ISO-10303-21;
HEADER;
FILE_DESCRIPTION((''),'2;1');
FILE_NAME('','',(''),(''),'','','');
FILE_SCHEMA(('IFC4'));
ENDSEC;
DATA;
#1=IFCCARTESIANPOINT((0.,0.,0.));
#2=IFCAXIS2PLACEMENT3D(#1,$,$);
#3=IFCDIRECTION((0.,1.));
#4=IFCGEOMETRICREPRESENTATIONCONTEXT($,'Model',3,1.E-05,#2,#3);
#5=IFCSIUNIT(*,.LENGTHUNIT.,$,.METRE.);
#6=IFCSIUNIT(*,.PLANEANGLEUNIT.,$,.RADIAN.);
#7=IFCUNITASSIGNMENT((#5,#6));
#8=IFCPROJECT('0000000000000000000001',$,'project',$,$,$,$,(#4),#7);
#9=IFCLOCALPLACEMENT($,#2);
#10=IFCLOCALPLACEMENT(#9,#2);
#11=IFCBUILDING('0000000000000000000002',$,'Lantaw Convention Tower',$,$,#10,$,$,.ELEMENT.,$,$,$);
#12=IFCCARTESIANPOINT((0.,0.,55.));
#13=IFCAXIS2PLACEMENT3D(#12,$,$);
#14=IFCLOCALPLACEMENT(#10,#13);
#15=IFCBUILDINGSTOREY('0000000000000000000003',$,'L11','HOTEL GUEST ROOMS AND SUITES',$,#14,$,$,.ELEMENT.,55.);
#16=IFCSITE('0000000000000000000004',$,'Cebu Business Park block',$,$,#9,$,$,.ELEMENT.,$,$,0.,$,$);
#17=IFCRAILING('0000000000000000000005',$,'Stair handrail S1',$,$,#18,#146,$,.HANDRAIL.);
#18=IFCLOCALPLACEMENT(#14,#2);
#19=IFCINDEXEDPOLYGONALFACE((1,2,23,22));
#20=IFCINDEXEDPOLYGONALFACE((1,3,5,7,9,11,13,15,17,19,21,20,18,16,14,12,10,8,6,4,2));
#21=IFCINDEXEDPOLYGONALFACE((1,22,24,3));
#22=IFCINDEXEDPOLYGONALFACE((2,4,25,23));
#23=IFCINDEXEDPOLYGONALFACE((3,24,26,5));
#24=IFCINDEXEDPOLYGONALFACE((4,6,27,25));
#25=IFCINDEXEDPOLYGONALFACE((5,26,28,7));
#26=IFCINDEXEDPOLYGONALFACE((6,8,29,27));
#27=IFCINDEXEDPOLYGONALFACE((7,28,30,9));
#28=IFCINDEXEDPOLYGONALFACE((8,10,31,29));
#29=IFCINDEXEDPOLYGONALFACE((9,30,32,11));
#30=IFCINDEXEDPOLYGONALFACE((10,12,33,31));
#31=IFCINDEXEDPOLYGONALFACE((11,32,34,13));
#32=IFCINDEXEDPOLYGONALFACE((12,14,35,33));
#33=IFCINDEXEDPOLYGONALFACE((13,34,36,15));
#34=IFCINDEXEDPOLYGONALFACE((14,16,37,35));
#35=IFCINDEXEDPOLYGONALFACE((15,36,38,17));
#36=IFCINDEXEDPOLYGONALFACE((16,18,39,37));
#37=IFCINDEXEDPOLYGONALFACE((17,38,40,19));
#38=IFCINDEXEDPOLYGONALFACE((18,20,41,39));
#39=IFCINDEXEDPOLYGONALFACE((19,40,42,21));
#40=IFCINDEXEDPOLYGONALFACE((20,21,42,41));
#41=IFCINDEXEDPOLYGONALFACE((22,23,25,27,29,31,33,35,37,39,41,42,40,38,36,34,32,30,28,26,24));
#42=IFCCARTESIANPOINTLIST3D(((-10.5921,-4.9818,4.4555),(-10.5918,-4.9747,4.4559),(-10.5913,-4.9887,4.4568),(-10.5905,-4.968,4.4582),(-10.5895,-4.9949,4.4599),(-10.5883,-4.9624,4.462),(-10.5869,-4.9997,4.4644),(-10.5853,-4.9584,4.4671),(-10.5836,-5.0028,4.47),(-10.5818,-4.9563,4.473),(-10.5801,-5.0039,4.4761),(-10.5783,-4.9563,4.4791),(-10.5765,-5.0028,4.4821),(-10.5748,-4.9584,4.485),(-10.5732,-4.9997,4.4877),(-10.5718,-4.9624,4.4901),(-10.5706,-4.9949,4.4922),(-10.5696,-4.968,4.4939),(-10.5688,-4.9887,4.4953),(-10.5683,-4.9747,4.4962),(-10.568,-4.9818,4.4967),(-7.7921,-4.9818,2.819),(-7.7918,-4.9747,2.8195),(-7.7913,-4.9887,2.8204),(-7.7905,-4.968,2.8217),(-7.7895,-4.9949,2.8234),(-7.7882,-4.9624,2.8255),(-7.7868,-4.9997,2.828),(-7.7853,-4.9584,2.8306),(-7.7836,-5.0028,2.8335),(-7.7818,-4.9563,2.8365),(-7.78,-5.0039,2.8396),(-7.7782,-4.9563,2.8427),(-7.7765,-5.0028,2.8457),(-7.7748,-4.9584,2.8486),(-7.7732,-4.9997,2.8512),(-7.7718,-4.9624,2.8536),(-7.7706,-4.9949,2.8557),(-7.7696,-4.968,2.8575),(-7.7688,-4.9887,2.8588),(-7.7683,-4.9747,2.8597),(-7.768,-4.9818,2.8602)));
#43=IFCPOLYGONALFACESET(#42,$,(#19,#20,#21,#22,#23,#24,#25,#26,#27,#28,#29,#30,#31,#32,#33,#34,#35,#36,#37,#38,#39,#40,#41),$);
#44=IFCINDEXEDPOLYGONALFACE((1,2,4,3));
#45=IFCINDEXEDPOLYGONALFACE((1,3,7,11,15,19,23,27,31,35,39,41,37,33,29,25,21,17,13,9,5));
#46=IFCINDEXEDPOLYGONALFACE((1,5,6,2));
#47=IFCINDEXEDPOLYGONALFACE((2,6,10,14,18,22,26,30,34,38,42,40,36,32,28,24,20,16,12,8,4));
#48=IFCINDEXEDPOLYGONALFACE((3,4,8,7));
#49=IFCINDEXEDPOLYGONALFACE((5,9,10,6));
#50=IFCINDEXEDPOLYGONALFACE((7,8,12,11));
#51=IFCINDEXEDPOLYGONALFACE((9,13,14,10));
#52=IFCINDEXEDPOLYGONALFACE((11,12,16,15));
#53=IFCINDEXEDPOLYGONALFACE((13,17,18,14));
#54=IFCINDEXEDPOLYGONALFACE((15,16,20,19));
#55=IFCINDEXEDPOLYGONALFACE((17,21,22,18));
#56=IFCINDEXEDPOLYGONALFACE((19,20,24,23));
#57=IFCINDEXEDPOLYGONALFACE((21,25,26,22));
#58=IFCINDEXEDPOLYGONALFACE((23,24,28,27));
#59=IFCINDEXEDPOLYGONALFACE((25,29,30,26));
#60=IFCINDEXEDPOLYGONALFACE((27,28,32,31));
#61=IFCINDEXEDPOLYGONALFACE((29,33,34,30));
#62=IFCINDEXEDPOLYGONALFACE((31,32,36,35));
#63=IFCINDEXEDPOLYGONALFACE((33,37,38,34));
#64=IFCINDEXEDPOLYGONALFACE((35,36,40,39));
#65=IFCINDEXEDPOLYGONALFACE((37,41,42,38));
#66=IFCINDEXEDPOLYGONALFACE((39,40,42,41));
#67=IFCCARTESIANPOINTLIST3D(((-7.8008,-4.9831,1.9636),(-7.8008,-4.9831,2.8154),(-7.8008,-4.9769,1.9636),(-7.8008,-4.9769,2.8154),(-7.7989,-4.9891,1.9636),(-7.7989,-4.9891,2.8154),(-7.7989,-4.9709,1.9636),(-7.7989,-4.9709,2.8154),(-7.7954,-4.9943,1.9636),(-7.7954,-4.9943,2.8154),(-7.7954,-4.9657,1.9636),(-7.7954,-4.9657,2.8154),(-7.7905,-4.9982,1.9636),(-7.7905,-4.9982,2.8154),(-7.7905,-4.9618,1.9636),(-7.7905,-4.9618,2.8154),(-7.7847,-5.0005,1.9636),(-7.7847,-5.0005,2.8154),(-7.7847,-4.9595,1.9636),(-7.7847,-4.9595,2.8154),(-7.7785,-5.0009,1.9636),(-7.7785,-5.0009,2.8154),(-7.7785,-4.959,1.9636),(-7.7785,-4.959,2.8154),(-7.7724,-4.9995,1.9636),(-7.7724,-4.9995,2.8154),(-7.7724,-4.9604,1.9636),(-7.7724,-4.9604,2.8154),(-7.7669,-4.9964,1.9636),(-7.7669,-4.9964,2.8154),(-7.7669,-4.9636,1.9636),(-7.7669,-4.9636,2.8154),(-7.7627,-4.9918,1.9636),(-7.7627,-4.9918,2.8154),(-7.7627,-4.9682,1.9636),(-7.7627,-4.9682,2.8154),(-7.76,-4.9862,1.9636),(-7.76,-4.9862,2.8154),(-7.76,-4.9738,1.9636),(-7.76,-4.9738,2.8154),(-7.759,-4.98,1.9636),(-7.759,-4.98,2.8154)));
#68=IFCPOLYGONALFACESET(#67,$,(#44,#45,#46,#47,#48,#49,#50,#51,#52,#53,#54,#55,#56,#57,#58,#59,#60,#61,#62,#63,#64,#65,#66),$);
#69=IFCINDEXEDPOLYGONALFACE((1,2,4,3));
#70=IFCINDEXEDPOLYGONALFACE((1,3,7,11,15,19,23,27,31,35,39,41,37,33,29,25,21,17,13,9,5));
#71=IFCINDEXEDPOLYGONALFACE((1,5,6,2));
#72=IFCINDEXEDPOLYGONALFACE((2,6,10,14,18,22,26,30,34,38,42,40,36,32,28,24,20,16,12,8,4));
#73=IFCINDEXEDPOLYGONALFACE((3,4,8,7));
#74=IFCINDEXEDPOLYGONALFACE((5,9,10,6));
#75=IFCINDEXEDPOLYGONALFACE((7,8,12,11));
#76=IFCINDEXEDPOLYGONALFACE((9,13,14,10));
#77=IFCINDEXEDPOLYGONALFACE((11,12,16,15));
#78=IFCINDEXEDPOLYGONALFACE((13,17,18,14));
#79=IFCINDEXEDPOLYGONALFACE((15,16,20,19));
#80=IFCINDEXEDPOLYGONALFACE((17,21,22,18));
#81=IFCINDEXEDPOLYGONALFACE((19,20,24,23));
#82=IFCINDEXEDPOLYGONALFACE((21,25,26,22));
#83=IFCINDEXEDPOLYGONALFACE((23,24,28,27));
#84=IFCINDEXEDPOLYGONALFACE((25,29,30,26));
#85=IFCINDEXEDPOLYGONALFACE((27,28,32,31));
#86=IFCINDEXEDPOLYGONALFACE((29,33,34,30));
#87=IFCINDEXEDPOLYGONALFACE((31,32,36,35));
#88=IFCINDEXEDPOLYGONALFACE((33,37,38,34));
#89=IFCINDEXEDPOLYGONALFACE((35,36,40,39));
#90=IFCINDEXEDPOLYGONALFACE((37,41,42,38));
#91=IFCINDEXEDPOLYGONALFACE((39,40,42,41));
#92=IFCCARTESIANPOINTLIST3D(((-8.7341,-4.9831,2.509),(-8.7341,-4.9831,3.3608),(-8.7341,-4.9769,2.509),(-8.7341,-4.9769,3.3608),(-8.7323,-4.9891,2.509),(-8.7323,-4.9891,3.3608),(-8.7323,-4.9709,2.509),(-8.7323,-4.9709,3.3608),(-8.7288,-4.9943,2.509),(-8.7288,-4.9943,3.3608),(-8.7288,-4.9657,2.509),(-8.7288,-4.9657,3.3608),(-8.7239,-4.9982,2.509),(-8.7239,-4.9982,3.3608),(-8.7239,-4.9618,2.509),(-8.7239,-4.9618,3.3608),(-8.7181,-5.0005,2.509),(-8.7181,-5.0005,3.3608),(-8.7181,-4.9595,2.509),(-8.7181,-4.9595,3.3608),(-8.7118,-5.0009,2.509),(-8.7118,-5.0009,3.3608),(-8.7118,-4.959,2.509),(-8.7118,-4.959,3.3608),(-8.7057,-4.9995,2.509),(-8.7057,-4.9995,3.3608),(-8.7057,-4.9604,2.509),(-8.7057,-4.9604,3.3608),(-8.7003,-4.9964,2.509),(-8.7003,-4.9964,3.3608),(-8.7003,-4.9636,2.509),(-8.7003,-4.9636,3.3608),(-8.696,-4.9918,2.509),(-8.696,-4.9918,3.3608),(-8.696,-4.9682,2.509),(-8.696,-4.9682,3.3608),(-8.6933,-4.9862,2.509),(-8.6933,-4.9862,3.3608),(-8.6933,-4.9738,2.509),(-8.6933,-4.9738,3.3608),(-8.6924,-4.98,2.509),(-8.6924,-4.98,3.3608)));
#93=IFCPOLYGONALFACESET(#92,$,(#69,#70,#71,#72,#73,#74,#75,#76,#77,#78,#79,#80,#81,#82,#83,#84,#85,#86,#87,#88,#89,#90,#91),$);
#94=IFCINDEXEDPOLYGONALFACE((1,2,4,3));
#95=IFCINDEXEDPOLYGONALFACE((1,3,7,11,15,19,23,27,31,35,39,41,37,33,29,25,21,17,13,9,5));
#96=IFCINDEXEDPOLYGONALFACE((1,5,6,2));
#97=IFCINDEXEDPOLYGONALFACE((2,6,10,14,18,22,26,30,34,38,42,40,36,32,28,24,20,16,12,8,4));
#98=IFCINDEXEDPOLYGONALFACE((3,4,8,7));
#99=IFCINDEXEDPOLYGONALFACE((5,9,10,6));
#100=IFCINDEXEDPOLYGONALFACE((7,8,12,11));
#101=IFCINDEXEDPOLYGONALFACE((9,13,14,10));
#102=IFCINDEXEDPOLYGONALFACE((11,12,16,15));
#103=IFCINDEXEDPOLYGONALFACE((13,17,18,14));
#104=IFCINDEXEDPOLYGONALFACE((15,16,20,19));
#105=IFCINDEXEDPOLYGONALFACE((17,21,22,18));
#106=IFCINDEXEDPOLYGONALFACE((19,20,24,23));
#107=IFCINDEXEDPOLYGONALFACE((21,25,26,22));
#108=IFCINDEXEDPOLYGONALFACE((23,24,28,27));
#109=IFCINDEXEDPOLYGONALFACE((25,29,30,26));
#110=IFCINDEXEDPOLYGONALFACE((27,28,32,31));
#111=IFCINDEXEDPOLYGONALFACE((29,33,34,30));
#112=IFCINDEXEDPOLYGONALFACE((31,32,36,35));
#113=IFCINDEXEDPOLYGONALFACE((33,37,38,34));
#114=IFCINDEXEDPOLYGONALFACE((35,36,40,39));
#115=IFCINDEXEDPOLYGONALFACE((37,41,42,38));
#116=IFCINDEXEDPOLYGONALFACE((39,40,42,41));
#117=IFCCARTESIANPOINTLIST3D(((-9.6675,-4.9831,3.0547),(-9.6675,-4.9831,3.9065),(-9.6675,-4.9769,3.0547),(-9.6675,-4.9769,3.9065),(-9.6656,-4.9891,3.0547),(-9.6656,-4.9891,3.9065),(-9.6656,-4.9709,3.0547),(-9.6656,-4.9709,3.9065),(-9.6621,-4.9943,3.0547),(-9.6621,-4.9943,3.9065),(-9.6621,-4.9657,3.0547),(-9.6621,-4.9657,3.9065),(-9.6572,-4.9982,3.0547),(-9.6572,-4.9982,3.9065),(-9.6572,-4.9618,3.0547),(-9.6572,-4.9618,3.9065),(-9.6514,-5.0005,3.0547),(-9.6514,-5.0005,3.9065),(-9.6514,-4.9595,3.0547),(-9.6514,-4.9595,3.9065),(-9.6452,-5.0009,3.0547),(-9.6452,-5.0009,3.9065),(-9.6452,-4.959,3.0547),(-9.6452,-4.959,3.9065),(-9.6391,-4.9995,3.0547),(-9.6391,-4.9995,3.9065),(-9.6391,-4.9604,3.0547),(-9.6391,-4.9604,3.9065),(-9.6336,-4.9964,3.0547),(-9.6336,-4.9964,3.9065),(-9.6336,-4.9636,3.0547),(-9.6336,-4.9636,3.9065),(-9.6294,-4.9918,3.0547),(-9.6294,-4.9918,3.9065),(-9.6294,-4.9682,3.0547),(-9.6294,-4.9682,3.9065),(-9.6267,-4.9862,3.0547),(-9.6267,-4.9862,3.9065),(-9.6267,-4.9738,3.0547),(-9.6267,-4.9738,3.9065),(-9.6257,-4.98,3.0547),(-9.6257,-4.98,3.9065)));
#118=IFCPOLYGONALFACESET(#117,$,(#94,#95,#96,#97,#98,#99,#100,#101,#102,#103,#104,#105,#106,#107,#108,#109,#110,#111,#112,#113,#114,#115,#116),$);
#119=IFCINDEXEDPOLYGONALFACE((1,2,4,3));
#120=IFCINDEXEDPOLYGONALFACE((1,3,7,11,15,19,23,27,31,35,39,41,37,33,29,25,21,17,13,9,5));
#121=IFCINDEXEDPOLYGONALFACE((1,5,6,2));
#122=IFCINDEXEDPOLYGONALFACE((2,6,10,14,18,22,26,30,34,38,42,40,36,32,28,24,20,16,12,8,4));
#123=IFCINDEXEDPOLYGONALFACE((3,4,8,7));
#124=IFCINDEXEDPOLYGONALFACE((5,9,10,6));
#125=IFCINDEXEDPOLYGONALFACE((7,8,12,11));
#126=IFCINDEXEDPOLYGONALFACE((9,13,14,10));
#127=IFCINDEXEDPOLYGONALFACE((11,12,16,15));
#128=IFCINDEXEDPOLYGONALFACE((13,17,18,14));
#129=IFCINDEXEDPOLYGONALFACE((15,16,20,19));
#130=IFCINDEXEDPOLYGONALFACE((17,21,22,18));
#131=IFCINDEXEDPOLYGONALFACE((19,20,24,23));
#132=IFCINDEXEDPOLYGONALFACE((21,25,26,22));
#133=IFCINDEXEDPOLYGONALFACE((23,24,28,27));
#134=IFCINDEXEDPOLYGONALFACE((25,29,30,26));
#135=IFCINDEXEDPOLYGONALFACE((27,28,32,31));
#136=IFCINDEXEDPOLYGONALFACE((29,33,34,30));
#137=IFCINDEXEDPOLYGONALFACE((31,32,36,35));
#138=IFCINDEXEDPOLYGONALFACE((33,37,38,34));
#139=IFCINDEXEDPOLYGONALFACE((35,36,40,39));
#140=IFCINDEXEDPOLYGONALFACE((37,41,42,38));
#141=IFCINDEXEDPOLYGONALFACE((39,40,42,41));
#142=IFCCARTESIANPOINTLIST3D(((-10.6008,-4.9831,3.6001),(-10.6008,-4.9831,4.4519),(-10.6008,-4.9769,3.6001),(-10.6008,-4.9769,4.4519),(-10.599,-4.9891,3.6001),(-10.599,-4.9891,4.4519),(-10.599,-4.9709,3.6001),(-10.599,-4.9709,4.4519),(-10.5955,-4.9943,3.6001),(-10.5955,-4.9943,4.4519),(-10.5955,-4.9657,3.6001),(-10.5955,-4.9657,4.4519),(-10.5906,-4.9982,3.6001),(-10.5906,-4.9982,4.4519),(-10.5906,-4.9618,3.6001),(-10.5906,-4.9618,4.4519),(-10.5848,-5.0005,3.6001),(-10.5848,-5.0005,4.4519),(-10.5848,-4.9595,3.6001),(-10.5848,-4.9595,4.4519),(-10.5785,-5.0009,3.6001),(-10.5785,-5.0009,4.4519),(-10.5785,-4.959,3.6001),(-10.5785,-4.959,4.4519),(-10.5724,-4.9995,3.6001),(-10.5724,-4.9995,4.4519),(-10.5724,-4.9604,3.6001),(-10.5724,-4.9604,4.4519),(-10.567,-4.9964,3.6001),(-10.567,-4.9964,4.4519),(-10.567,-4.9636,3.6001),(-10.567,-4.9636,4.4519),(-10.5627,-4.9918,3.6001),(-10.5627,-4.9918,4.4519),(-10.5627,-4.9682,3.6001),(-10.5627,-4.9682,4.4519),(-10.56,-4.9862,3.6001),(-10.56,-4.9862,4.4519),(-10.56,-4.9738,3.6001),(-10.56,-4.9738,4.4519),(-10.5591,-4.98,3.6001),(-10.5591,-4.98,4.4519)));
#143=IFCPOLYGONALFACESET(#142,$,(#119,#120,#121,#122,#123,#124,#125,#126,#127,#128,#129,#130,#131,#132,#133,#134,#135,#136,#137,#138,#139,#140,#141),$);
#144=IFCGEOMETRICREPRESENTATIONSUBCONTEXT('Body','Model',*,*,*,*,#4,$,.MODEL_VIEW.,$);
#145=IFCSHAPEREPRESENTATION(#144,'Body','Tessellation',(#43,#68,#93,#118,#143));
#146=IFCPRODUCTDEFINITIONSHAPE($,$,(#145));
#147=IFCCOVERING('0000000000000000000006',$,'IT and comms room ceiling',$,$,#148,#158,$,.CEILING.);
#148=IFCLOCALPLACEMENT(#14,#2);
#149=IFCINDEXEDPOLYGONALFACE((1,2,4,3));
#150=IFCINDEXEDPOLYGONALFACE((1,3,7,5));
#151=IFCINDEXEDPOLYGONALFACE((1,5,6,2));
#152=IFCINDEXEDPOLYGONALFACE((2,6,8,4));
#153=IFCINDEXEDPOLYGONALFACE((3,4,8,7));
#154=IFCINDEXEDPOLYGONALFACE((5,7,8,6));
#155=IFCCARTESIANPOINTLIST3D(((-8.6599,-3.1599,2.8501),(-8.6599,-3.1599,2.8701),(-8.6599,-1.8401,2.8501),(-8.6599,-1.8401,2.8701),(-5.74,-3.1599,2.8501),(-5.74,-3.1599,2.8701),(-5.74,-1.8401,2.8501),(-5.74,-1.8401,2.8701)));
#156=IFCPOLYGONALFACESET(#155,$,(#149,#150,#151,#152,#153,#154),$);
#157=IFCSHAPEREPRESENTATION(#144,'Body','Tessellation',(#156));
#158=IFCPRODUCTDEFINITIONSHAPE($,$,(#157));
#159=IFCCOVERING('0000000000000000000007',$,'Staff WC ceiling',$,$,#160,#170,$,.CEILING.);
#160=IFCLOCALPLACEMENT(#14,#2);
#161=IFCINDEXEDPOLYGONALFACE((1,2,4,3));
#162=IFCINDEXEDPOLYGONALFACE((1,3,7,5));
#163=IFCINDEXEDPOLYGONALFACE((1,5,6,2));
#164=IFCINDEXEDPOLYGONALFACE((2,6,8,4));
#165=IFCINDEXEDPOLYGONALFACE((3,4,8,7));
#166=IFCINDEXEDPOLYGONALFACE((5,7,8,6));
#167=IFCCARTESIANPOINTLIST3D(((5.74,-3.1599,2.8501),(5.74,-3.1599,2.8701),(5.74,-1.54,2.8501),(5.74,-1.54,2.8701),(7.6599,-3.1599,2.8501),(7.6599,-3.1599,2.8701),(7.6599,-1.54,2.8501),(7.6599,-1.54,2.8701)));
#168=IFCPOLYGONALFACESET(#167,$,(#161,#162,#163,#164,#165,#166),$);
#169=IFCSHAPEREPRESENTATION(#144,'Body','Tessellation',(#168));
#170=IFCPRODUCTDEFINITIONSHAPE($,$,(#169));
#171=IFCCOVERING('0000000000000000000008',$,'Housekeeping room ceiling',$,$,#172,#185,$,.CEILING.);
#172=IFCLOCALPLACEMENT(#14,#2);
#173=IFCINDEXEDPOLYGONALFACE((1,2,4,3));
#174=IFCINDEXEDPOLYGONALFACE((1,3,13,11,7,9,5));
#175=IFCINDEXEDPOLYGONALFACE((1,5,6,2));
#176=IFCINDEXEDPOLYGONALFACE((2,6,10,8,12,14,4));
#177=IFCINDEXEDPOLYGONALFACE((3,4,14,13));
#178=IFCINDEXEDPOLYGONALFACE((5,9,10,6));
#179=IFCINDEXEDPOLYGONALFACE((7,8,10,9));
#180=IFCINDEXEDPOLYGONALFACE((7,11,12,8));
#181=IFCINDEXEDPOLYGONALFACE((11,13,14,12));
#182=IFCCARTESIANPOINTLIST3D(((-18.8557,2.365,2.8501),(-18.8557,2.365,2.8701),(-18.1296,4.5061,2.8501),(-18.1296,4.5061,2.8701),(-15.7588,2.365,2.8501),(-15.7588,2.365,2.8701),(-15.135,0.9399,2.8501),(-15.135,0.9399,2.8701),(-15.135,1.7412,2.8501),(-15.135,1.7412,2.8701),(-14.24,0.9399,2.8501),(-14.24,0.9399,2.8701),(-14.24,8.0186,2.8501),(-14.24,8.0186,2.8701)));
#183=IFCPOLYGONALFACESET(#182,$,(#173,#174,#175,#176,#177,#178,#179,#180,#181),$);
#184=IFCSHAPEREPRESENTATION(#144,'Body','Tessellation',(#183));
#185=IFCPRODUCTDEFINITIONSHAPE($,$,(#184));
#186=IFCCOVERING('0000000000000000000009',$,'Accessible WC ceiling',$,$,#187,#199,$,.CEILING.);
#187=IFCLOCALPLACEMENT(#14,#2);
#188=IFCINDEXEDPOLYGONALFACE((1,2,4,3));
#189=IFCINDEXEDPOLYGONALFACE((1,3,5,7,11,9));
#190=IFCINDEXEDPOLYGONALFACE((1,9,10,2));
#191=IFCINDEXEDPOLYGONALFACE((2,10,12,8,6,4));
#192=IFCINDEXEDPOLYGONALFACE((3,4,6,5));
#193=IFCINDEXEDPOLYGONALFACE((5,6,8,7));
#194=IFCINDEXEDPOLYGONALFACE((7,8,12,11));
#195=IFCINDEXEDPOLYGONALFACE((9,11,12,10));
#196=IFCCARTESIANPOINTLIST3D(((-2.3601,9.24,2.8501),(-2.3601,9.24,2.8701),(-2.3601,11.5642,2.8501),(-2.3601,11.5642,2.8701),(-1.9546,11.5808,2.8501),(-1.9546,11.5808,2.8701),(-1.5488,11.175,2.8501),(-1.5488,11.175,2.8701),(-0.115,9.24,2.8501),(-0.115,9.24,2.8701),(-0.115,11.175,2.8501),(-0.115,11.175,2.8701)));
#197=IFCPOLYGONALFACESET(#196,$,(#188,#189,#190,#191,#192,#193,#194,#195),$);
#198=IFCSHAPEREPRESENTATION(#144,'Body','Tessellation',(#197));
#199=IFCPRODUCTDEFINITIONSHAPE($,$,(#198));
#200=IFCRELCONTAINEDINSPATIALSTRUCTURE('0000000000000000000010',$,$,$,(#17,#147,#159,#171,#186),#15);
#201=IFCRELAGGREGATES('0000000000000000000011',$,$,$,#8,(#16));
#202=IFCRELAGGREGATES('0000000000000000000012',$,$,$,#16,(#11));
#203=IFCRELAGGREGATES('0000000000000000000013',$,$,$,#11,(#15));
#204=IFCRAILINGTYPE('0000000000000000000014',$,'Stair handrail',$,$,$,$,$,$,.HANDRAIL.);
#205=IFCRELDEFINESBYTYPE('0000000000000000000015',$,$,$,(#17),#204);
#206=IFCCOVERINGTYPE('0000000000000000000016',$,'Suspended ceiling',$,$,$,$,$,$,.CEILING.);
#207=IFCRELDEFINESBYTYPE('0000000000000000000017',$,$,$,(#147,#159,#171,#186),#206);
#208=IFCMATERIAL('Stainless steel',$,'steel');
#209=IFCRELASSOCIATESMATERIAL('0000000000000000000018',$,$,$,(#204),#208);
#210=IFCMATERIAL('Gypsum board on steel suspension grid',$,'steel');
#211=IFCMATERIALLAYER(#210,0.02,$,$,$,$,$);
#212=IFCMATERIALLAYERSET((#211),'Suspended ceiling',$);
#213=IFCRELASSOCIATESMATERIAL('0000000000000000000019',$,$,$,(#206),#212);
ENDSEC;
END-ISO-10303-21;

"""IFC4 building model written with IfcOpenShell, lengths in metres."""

from ifc_helpers import new_model, si_unit, direction, frame, origin, origin_2d, place, context, subcontext, project, spatial, polyline, circle, outline, extrude, material, layer, layer_set, type_object, element, save


model = new_model("IFC4")

# Units and contexts
model_context = context("Model", 3, precision=1e-05, world=origin(), true_north=direction((0.0, 1.0)))
body_context = subcontext(model_context, "Body", "Model", "MODEL_VIEW")
ifc_project = project(units=[si_unit("LENGTHUNIT", "METRE"), si_unit("PLANEANGLEUNIT", "RADIAN")], contexts=[model_context])

# Site, building, storey
site_placement = place(None, origin())
site = spatial("IfcSite", under=ifc_project, at=site_placement, Name="Cebu Business Park block", CompositionType="ELEMENT", RefElevation=0.0)
building_placement = place(site_placement, origin())
building = spatial("IfcBuilding", under=site, at=building_placement, Name="Lantaw Convention Tower", CompositionType="ELEMENT")
storey_placement = place(building_placement, frame((0.0, 0.0, 55.0)))
storey = spatial("IfcBuildingStorey", under=building, at=storey_placement, Name="L11", Description="HOTEL GUEST ROOMS AND SUITES", CompositionType="ELEMENT", Elevation=55.0)

# Shared definitions
ifc_material_1 = material(Name="Stainless steel", Category="steel")

# Railing
railing_type = type_object("IfcRailingType", Name="Stair handrail", PredefinedType="HANDRAIL", material=ifc_material_1)
railing_1_placement = place(storey_placement, frame((-7.78, -4.98, 1.9636)))
element("IfcRailing", 1, at=railing_1_placement, inside=storey, type_object=railing_type, Name="Stair handrail S1", PredefinedType="HANDRAIL", context=body_context, shape_type="SweptSolid", body=[
    extrude(circle(Radius=0.0239, at=origin_2d()), frame((0.0, 0.0, 0.876), z_axis=(-0.863361, 0.0, 0.504587), x_axis=(0.0, -1.0, 0.0)), (0.0, 0.0, 1.0), 3.2432),
    extrude(circle(Radius=0.021, at=origin_2d()), origin(), (0.0, 0.0, 1.0), 0.8518),
    extrude(circle(Radius=0.021, at=origin_2d()), frame((-0.9333, 0.0, 0.5454)), (0.0, 0.0, 1.0), 0.8518),
    extrude(circle(Radius=0.021, at=origin_2d()), frame((-1.8667, 0.0, 1.0911)), (0.0, 0.0, 1.0), 0.8518),
    extrude(circle(Radius=0.021, at=origin_2d()), frame((-2.8, 0.0, 1.6365)), (0.0, 0.0, 1.0), 0.8518),
])

# Coverings
ifc_material_2 = material(Name="Gypsum board on steel suspension grid", Category="steel")
ifc_layer_1 = layer(ifc_material_2, 0.02)
ifc_layer_set_1 = layer_set([ifc_layer_1], Name="Suspended ceiling")
covering_type = type_object("IfcCoveringType", Name="Suspended ceiling", PredefinedType="CEILING", material=ifc_layer_set_1)
covering_1_placement = place(storey_placement, frame((0.0, 0.0, 2.8501)))
element("IfcCovering", 2, at=covering_1_placement, inside=storey, type_object=covering_type, Name="IT and comms room ceiling", PredefinedType="CEILING", context=body_context, shape_type="SweptSolid", body=[
    extrude(outline(polyline([(-8.6599, -3.1599), (-5.74, -3.1599), (-5.74, -1.8401), (-8.6599, -1.8401), (-8.6599, -3.1599)])), origin(), (0.0, 0.0, 1.0), 0.02),
])
covering_2_placement = place(storey_placement, frame((0.0, 0.0, 2.8501)))
element("IfcCovering", 3, at=covering_2_placement, inside=storey, type_object=covering_type, Name="Staff WC ceiling", PredefinedType="CEILING", context=body_context, shape_type="SweptSolid", body=[
    extrude(outline(polyline([(5.74, -3.1599), (7.6599, -3.1599), (7.6599, -1.54), (5.74, -1.54), (5.74, -3.1599)])), origin(), (0.0, 0.0, 1.0), 0.02),
])
covering_3_placement = place(storey_placement, frame((0.0, 0.0, 2.8501)))
element("IfcCovering", 4, at=covering_3_placement, inside=storey, type_object=covering_type, Name="Housekeeping room ceiling", PredefinedType="CEILING", context=body_context, shape_type="SweptSolid", body=[
    extrude(outline(polyline([(-14.24, 0.9399), (-14.24, 8.0186), (-18.1296, 4.5061), (-18.8557, 2.365), (-15.7588, 2.365), (-15.135, 1.7412), (-15.135, 0.9399), (-14.24, 0.9399)])), origin(), (0.0, 0.0, 1.0), 0.02),
])
covering_4_placement = place(storey_placement, frame((0.0, 0.0, 2.8501)))
element("IfcCovering", 5, at=covering_4_placement, inside=storey, type_object=covering_type, Name="Accessible WC ceiling", PredefinedType="CEILING", context=body_context, shape_type="SweptSolid", body=[
    extrude(outline(polyline([(-0.115, 9.24), (-0.115, 11.175), (-1.5488, 11.175), (-1.9546, 11.5808), (-2.3601, 11.5642), (-2.3601, 9.24), (-0.115, 9.24)])), origin(), (0.0, 0.0, 1.0), 0.02),
])

save(model, "model.ifc")
